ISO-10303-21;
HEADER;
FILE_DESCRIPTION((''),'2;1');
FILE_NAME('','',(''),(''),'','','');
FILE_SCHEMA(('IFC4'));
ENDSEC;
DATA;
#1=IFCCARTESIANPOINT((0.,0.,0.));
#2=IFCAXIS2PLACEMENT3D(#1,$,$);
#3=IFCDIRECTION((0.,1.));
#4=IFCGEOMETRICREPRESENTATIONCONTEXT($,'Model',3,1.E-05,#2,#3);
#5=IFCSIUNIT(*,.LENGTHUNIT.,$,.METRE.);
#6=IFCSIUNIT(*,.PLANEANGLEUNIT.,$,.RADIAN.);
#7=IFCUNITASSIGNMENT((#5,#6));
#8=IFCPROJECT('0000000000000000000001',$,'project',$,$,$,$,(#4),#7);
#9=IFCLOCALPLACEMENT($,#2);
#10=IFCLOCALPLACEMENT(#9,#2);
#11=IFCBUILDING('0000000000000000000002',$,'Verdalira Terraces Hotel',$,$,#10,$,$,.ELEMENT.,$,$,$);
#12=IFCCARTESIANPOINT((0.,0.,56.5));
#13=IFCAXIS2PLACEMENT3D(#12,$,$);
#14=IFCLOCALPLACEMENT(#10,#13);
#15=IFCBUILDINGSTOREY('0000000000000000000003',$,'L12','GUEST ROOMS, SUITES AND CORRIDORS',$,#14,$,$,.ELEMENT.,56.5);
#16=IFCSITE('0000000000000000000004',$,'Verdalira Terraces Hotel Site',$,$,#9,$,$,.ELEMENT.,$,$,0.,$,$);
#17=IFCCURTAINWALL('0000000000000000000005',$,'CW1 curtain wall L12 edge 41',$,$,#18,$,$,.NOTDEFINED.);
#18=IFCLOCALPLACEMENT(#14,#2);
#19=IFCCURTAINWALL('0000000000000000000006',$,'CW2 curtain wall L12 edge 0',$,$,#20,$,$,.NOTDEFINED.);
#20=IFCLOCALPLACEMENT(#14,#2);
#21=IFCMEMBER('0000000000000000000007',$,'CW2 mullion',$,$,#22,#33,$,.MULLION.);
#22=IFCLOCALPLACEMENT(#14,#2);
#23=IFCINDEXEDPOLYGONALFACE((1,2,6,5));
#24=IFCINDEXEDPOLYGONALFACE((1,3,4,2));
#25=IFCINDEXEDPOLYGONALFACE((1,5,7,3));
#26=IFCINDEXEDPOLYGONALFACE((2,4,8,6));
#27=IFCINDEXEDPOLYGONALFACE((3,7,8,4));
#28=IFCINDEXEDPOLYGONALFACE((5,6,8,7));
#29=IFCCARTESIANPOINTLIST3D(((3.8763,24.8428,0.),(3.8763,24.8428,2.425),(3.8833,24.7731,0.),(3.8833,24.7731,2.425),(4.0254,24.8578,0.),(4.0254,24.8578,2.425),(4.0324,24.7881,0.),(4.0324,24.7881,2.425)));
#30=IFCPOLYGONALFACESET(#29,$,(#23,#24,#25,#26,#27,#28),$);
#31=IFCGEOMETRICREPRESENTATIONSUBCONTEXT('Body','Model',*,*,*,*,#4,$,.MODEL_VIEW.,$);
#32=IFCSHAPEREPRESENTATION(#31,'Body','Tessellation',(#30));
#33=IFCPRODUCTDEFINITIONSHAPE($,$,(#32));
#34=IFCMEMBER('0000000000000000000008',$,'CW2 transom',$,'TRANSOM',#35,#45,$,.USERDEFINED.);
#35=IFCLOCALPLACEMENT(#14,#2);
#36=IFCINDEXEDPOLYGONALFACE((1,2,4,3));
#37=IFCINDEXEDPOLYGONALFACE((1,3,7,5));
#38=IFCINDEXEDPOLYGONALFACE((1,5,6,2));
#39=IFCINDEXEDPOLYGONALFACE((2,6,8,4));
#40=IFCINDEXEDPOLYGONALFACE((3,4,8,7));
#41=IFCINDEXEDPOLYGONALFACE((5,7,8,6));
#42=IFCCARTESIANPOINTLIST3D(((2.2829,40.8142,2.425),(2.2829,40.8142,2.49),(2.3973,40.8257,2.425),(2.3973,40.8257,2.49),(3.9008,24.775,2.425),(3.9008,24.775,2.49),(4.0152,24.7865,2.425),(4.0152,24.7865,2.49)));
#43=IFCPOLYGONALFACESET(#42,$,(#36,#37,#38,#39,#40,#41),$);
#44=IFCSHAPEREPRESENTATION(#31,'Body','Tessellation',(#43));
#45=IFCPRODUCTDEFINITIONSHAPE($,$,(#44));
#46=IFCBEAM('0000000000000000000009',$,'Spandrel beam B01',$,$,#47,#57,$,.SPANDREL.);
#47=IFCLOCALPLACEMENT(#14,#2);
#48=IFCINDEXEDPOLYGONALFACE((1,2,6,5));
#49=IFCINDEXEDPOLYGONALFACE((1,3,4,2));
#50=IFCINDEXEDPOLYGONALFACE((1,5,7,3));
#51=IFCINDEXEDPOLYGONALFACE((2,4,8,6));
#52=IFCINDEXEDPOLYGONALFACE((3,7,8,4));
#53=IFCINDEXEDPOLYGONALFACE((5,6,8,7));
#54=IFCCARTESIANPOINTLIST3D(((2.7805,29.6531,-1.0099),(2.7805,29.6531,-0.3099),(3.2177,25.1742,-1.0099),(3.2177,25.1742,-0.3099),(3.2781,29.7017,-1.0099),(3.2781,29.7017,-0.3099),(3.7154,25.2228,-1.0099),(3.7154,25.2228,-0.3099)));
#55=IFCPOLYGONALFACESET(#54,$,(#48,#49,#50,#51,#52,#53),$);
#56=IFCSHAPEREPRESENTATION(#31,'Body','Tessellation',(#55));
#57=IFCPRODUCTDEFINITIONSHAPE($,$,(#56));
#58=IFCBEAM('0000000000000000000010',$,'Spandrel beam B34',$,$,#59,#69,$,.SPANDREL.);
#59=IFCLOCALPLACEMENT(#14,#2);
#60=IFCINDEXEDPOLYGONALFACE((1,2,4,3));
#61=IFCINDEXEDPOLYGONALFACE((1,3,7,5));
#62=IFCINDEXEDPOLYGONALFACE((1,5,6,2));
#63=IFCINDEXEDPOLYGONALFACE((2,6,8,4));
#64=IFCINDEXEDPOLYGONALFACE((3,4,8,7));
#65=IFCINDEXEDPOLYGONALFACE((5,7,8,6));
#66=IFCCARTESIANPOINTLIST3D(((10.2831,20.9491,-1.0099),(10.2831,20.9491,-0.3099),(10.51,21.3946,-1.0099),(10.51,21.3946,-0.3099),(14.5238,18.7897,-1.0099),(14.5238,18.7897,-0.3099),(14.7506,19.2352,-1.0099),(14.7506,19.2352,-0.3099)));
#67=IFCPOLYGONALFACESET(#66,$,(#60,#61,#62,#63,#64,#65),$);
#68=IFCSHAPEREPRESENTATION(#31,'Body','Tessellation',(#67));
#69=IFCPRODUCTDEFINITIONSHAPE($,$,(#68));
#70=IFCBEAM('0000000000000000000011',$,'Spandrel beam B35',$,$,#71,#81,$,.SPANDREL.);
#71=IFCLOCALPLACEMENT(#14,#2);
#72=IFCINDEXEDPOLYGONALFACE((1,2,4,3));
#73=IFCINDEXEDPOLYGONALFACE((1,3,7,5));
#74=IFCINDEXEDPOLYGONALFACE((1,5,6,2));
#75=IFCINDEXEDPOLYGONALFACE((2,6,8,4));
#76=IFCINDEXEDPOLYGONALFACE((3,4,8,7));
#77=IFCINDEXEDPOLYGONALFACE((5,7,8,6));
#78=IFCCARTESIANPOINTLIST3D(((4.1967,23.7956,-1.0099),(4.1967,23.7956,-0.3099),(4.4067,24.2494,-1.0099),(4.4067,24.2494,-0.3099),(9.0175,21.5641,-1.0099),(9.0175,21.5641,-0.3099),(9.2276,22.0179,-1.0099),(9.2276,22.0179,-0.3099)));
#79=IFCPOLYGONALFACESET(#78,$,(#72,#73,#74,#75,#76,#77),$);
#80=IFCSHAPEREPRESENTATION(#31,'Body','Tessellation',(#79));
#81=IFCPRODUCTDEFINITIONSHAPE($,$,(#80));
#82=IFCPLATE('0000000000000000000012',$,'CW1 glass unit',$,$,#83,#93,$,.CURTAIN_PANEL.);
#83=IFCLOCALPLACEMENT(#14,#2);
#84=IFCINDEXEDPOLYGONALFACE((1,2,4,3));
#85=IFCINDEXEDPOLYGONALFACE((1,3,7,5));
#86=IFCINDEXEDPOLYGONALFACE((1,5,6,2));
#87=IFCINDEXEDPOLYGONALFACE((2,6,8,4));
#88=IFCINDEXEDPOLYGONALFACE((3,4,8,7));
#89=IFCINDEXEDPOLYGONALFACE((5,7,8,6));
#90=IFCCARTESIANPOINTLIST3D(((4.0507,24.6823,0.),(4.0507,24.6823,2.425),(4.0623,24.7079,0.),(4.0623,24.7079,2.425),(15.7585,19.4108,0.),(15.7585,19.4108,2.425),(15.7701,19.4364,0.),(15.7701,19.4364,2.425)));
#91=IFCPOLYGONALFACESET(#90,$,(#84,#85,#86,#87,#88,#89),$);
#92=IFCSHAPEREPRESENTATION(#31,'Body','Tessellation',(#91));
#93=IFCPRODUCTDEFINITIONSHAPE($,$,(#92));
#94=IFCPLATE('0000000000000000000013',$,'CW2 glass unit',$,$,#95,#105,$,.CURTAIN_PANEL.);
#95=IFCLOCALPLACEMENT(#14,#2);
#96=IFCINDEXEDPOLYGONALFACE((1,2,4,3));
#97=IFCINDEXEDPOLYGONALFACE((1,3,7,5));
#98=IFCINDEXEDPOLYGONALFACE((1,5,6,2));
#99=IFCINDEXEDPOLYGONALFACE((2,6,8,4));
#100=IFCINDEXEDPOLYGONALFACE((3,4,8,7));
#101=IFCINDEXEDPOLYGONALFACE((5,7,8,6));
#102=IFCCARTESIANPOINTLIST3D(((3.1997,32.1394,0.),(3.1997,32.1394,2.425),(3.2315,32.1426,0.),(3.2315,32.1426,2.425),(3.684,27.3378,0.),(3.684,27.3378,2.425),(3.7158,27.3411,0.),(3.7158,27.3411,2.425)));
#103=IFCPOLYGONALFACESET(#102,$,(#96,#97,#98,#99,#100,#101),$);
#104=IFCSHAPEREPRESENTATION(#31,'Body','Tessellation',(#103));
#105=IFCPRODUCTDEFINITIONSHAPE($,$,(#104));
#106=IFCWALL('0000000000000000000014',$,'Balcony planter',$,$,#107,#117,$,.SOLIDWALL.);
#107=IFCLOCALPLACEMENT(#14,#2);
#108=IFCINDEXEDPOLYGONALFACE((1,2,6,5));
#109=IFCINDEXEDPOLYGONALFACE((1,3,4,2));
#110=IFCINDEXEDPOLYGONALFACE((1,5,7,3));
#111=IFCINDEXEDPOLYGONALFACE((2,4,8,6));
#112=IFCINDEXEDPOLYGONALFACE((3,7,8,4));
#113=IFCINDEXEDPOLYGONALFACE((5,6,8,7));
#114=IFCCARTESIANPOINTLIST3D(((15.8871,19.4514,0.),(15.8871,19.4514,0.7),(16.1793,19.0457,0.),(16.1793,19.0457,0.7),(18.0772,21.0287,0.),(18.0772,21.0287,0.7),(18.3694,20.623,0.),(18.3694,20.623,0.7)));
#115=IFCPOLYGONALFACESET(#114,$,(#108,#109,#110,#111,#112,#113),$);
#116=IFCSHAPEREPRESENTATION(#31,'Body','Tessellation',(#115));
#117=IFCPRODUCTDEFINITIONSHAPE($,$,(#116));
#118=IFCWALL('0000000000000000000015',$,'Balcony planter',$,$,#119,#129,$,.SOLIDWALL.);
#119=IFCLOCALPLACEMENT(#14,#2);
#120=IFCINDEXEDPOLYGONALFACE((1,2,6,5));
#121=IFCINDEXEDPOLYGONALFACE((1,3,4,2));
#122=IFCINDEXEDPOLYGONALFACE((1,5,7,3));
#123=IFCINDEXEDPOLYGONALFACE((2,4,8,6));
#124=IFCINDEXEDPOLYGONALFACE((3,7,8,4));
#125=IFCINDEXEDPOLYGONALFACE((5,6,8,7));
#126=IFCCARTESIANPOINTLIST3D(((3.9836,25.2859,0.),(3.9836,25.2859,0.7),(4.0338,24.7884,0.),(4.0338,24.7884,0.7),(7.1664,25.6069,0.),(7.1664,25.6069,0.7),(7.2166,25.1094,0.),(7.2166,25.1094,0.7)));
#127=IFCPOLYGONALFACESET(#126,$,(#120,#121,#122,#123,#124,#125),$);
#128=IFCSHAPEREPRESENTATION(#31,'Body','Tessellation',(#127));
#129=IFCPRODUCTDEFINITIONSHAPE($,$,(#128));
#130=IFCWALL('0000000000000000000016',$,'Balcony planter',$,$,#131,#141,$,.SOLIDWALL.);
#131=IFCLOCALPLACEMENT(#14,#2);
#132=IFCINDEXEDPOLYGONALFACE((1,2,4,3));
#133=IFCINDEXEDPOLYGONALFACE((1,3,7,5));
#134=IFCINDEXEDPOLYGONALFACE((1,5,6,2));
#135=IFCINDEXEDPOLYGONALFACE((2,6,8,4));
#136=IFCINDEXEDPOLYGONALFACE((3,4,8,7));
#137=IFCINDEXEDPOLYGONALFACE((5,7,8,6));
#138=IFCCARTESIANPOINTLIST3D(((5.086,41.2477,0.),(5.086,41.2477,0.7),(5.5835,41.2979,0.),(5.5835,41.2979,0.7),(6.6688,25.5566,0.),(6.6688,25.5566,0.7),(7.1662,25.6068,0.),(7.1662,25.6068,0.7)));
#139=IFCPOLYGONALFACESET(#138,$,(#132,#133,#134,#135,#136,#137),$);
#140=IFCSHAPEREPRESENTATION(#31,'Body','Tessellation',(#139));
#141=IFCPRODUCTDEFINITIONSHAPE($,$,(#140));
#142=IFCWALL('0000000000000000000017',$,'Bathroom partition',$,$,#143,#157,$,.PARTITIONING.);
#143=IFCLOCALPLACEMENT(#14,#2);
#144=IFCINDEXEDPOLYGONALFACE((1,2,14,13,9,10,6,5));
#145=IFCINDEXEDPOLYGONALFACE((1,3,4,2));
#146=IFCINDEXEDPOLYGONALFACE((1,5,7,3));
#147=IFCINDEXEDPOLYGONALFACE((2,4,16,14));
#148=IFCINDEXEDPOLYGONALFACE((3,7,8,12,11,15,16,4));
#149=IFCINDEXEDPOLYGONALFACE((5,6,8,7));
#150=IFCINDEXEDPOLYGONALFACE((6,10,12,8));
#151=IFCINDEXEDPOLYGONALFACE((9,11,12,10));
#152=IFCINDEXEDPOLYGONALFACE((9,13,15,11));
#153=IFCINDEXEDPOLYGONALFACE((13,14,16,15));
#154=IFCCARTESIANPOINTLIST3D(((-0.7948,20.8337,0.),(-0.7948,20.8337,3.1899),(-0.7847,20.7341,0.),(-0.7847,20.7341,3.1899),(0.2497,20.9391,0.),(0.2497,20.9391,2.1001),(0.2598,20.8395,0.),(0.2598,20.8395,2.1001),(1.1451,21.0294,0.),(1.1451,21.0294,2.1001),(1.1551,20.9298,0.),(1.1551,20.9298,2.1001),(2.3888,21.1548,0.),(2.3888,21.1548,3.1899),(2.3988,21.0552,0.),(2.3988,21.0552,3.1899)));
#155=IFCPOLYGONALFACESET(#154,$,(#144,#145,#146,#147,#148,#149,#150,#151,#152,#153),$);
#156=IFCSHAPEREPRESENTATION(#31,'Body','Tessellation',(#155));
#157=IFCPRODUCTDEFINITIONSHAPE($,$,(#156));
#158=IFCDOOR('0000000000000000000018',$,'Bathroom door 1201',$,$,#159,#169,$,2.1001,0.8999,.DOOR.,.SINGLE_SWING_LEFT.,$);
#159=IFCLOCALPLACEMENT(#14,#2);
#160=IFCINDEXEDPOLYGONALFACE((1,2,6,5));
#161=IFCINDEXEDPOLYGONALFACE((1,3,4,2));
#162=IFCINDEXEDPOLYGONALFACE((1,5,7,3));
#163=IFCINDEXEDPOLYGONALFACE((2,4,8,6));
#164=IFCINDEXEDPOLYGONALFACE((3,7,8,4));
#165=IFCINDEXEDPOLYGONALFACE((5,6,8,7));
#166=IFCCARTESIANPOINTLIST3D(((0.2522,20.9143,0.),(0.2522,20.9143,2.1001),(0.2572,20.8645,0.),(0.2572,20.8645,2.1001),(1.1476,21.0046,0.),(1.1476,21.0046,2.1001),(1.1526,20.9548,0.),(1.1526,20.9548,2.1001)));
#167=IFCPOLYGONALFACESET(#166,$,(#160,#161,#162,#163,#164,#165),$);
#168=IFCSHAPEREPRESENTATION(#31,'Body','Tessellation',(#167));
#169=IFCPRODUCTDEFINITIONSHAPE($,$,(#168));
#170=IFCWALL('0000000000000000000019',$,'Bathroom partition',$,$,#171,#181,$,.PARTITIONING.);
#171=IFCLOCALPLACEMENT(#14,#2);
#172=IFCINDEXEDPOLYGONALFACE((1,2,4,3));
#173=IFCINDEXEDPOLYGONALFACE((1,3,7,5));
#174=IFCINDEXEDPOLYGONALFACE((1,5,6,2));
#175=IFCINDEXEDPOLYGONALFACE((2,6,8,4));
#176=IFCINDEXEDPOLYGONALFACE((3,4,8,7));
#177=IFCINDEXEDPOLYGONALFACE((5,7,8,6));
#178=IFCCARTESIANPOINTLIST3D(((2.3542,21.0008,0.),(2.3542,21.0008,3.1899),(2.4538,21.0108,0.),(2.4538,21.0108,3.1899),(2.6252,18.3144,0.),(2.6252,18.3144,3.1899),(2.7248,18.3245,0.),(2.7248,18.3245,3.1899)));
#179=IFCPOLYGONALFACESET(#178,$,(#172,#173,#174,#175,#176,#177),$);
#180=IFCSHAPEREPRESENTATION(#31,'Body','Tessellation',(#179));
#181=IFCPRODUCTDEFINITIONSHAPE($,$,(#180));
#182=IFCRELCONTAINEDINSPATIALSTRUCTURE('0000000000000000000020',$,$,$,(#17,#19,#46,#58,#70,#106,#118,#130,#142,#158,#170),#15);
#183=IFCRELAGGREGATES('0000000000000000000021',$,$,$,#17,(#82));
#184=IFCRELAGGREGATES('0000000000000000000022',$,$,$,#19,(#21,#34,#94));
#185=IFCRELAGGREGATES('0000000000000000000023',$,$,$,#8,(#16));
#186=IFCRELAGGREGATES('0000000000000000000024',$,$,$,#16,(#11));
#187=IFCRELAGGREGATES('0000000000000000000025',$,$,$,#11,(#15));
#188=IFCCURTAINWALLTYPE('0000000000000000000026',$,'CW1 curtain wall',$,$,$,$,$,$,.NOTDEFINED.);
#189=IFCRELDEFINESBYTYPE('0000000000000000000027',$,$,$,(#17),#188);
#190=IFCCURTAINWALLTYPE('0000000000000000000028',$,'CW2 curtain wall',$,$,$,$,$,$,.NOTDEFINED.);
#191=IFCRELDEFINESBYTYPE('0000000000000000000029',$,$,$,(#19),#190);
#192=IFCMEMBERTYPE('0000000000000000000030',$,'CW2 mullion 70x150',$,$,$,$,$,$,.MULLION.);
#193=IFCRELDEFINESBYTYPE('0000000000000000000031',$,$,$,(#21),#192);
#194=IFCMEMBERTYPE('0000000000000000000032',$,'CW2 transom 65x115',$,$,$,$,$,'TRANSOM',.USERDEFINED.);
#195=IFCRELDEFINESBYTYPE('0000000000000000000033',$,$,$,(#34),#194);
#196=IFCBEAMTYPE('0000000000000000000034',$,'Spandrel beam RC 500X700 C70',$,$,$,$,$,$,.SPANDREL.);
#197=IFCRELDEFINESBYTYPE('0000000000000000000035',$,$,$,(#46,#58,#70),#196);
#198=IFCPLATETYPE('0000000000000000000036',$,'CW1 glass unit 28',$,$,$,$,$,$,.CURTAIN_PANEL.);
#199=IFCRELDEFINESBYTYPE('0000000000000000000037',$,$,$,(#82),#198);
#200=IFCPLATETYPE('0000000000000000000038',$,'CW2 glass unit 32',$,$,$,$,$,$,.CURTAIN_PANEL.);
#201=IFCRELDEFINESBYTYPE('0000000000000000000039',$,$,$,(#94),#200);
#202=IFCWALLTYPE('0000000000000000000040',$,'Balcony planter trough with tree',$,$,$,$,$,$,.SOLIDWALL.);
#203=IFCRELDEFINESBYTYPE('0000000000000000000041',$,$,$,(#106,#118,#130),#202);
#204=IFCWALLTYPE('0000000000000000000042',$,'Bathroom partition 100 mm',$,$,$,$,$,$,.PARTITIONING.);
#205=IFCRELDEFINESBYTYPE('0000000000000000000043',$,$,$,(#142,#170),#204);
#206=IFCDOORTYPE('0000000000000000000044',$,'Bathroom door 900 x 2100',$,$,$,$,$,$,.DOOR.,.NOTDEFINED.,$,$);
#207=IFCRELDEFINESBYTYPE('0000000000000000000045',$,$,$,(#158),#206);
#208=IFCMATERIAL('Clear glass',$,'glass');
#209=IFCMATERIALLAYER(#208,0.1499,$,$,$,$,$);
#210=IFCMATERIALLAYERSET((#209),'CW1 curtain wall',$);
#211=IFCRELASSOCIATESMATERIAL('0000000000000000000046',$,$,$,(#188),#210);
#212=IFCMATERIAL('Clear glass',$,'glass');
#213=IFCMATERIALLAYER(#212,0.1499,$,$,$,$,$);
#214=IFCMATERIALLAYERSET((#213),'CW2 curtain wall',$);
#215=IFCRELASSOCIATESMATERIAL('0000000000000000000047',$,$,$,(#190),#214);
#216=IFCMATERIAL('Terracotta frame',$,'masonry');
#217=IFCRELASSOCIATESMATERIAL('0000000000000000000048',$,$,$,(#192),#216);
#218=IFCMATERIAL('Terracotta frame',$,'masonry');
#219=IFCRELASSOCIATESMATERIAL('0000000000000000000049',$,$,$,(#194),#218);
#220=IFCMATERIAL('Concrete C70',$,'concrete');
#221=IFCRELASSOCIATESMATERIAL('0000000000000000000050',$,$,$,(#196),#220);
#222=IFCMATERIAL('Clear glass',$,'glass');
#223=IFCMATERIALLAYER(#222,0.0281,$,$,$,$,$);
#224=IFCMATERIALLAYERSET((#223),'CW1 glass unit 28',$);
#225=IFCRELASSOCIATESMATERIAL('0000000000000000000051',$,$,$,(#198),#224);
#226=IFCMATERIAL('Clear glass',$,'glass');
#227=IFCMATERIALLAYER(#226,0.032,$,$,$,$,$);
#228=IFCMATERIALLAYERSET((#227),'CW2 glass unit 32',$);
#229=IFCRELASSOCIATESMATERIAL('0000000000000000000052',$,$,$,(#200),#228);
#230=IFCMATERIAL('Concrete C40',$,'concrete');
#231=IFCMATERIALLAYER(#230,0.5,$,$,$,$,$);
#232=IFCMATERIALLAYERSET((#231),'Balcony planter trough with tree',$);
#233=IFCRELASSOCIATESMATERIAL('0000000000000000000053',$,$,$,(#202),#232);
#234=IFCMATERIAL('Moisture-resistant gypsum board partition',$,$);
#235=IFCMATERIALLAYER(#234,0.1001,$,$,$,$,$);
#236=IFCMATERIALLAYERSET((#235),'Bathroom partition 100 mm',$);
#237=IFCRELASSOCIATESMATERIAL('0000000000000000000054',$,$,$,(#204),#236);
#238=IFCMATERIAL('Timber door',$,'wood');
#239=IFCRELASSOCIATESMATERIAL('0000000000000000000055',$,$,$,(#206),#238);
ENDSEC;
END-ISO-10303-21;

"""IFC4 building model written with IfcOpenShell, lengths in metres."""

from ifc_helpers import new_model, si_unit, direction, frame, frame_2d, origin, origin_2d, place, context, subcontext, project, spatial, rectangle, extrude, material, layer, layer_set, material_profile, profile_set, type_object, element, fill, aggregate, save


model = new_model("IFC4")

# Units and contexts
model_context = context("Model", 3, precision=1e-05, world=origin(), true_north=direction((0.0, 1.0)))
body_context = subcontext(model_context, "Body", "Model", "MODEL_VIEW")
ifc_project = project(units=[si_unit("LENGTHUNIT", "METRE"), si_unit("PLANEANGLEUNIT", "RADIAN")], contexts=[model_context])

# Site, building, storey
site_placement = place(None, origin())
site = spatial("IfcSite", under=ifc_project, at=site_placement, Name="Verdalira Terraces Hotel Site", CompositionType="ELEMENT", RefElevation=0.0)
building_placement = place(site_placement, origin())
building = spatial("IfcBuilding", under=site, at=building_placement, Name="Verdalira Terraces Hotel", CompositionType="ELEMENT")
storey_placement = place(building_placement, frame((0.0, 0.0, 56.5)))
storey = spatial("IfcBuildingStorey", under=building, at=storey_placement, Name="L12", Description="GUEST ROOMS, SUITES AND CORRIDORS", CompositionType="ELEMENT", Elevation=56.5)

# Shared definitions
ifc_material_1 = material(Name="Clear glass", Category="glass")
ifc_layer_1 = layer(ifc_material_1, 0.1499)
ifc_layer_set_1 = layer_set([ifc_layer_1], Name="CW1 curtain wall")
curtain_wall_type_1 = type_object("IfcCurtainWallType", Name="CW1 curtain wall", PredefinedType="NOTDEFINED", material=ifc_layer_set_1)

# Curtain walls, members
curtain_wall_1_placement = place(storey_placement, origin())
curtain_wall_1 = element("IfcCurtainWall", 1, at=curtain_wall_1_placement, inside=storey, type_object=curtain_wall_type_1, Name="CW1 curtain wall L12 edge 41", PredefinedType="NOTDEFINED")
ifc_material_2 = material(Name="Clear glass", Category="glass")
ifc_layer_2 = layer(ifc_material_2, 0.1499)
ifc_layer_set_2 = layer_set([ifc_layer_2], Name="CW2 curtain wall")
curtain_wall_type_2 = type_object("IfcCurtainWallType", Name="CW2 curtain wall", PredefinedType="NOTDEFINED", material=ifc_layer_set_2)
curtain_wall_2_placement = place(storey_placement, origin())
curtain_wall_2 = element("IfcCurtainWall", 2, at=curtain_wall_2_placement, inside=storey, type_object=curtain_wall_type_2, Name="CW2 curtain wall L12 edge 0", PredefinedType="NOTDEFINED")
ifc_material_3 = material(Name="Terracotta frame", Category="masonry")
ifc_material_profile_1 = material_profile(ifc_material_3, rectangle(XDim=0.0701, YDim=0.1499, at=origin_2d()), Name="MU 70x150")
ifc_profile_set_1 = profile_set([ifc_material_profile_1], Name="Terracotta frame")
member_type_1 = type_object("IfcMemberType", Name="CW2 mullion 70x150", PredefinedType="MULLION", material=ifc_profile_set_1)
member_1_placement = place(storey_placement, frame((3.9543, 24.8154, 0.0), z_axis=(0.0, 0.0, 1.0), x_axis=(-0.100362, 0.994951, 0.0)))
member_1 = element("IfcMember", 3, at=member_1_placement, type_object=member_type_1, Name="CW2 mullion", PredefinedType="MULLION", context=body_context, shape_type="SweptSolid", body=[
    extrude(rectangle(XDim=0.0701, YDim=0.1499, at=origin_2d()), origin(), (0.0, 0.0, 1.0), 2.425),
])
ifc_material_4 = material(Name="Terracotta frame", Category="masonry")
ifc_material_profile_2 = material_profile(ifc_material_4, rectangle(XDim=0.115, YDim=0.0649, at=origin_2d()), Name="TR 65x115")
ifc_profile_set_2 = profile_set([ifc_material_profile_2], Name="Terracotta frame")
member_type_2 = type_object("IfcMemberType", Name="CW2 transom 65x115", ElementType="TRANSOM", PredefinedType="USERDEFINED", material=ifc_profile_set_2)
member_2_placement = place(storey_placement, frame((3.958, 24.7808, 2.4575), z_axis=(-0.100363, 0.994951, 0.0), x_axis=(-0.994951, -0.100363, 0.0)))
member_2 = element("IfcMember", 4, at=member_2_placement, type_object=member_type_2, Name="CW2 transom", ObjectType="TRANSOM", PredefinedType="USERDEFINED", context=body_context, shape_type="SweptSolid", body=[
    extrude(rectangle(XDim=0.115, YDim=0.0649, at=origin_2d()), origin(), (0.0, 0.0, 1.0), 16.1206),
])

# Beams
ifc_material_5 = material(Name="Concrete C70", Category="concrete")
ifc_material_profile_3 = material_profile(ifc_material_5, rectangle(XDim=0.5, YDim=0.7, at=origin_2d()), Name="RC 500X700")
ifc_profile_set_3 = profile_set([ifc_material_profile_3], Name="Concrete C70")
beam_type_1 = type_object("IfcBeamType", Name="Spandrel beam RC 500X700 C70", PredefinedType="SPANDREL", material=ifc_profile_set_3)
beam_1_placement = place(storey_placement, frame((3.4666, 25.1985, -0.6599), z_axis=(-0.097162, 0.995269, 0.0), x_axis=(-0.995269, -0.097162, 0.0)))
element("IfcBeam", 5, at=beam_1_placement, inside=storey, type_object=beam_type_1, Name="Spandrel beam B01", PredefinedType="SPANDREL", context=body_context, shape_type="SweptSolid", body=[
    extrude(rectangle(XDim=0.5, YDim=0.7, at=origin_2d()), origin(), (0.0, 0.0, 1.0), 4.5002),
])
beam_2_placement = place(storey_placement, frame((14.6372, 19.0125, -0.6599), z_axis=(-0.89112, 0.453768, 0.0), x_axis=(-0.453768, -0.89112, 0.0)))
element("IfcBeam", 6, at=beam_2_placement, inside=storey, type_object=beam_type_1, Name="Spandrel beam B34", PredefinedType="SPANDREL", context=body_context, shape_type="SweptSolid", body=[
    extrude(rectangle(XDim=0.5, YDim=0.7, at=origin_2d()), origin(), (0.0, 0.0, 1.0), 4.7588),
])
beam_3_placement = place(storey_placement, frame((9.1226, 21.791, -0.6599), z_axis=(-0.907496, 0.42006, 0.0), x_axis=(-0.42006, -0.907496, 0.0)))
element("IfcBeam", 7, at=beam_3_placement, inside=storey, type_object=beam_type_1, Name="Spandrel beam B35", PredefinedType="SPANDREL", context=body_context, shape_type="SweptSolid", body=[
    extrude(rectangle(XDim=0.5, YDim=0.7, at=origin_2d()), origin(), (0.0, 0.0, 1.0), 5.3123),
])

# Plates
ifc_material_6 = material(Name="Clear glass", Category="glass")
ifc_layer_3 = layer(ifc_material_6, 0.0281)
ifc_layer_set_3 = layer_set([ifc_layer_3], Name="CW1 glass unit 28")
plate_type_1 = type_object("IfcPlateType", Name="CW1 glass unit 28", PredefinedType="CURTAIN_PANEL", material=ifc_layer_set_3)
plate_1_placement = place(storey_placement, frame((9.9104, 22.0593, 0.0), z_axis=(0.0, 0.0, 1.0), x_axis=(-0.911834, 0.41056, 0.0)))
plate_1 = element("IfcPlate", 8, at=plate_1_placement, type_object=plate_type_1, Name="CW1 glass unit", PredefinedType="CURTAIN_PANEL", context=body_context, shape_type="SweptSolid", body=[
    extrude(rectangle(XDim=12.8398, YDim=0.0281, at=origin_2d()), origin(), (0.0, 0.0, 1.0), 2.425),
])
aggregate(curtain_wall_1, [plate_1])
ifc_material_7 = material(Name="Clear glass", Category="glass")
ifc_layer_4 = layer(ifc_material_7, 0.032)
ifc_layer_set_4 = layer_set([ifc_layer_4], Name="CW2 glass unit 32")
plate_type_2 = type_object("IfcPlateType", Name="CW2 glass unit 32", PredefinedType="CURTAIN_PANEL", material=ifc_layer_set_4)
plate_2_placement = place(storey_placement, frame((3.4578, 29.7402, 0.0), z_axis=(0.0, 0.0, 1.0), x_axis=(-0.100362, 0.994951, 0.0)))
plate_2 = element("IfcPlate", 9, at=plate_2_placement, type_object=plate_type_2, Name="CW2 glass unit", PredefinedType="CURTAIN_PANEL", context=body_context, shape_type="SweptSolid", body=[
    extrude(rectangle(XDim=4.8259, YDim=0.032, at=origin_2d()), origin(), (0.0, 0.0, 1.0), 2.425),
])
aggregate(curtain_wall_2, [member_1, member_2, plate_2])

# Walls
ifc_material_8 = material(Name="Concrete C40", Category="concrete")
ifc_layer_5 = layer(ifc_material_8, 0.5)
ifc_layer_set_5 = layer_set([ifc_layer_5], Name="Balcony planter trough with tree")
wall_type_1 = type_object("IfcWallType", Name="Balcony planter trough with tree", PredefinedType="SOLIDWALL", material=ifc_layer_set_5)
wall_1_placement = place(storey_placement, frame((18.2234, 20.8259, 0.0), z_axis=(0.0, 0.0, 1.0), x_axis=(-0.811454, -0.584417, 0.0)))
element("IfcWall", 10, at=wall_1_placement, inside=storey, type_object=wall_type_1, Name="Balcony planter", PredefinedType="SOLIDWALL", context=body_context, shape_type="SweptSolid", body=[
    extrude(rectangle(XDim=2.699, YDim=0.5, at=frame_2d((1.3496, 0.0))), origin(), (0.0, 0.0, 1.0), 0.7),
])
wall_2_placement = place(storey_placement, frame((4.0085, 25.0371, 0.0), z_axis=(0.0, 0.0, 1.0), x_axis=(0.994951, 0.100358, 0.0)))
element("IfcWall", 11, at=wall_2_placement, inside=storey, type_object=wall_type_1, Name="Balcony planter", PredefinedType="SOLIDWALL", context=body_context, shape_type="SweptSolid", body=[
    extrude(rectangle(XDim=3.199, YDim=0.5, at=frame_2d((1.5996, 0.0))), origin(), (0.0, 0.0, 1.0), 0.7),
])
wall_3_placement = place(storey_placement, frame((6.9175, 25.5818, 0.0), z_axis=(0.0, 0.0, 1.0), x_axis=(-0.10036, 0.994951, 0.0)))
element("IfcWall", 12, at=wall_3_placement, inside=storey, type_object=wall_type_1, Name="Balcony planter", PredefinedType="SOLIDWALL", context=body_context, shape_type="SweptSolid", body=[
    extrude(rectangle(XDim=15.7708, YDim=0.5, at=frame_2d((7.8853, 0.0))), origin(), (0.0, 0.0, 1.0), 0.7),
])

# Wall, opening, door
ifc_material_9 = material(Name="Moisture-resistant gypsum board partition")
ifc_layer_6 = layer(ifc_material_9, 0.1001)
ifc_layer_set_6 = layer_set([ifc_layer_6], Name="Bathroom partition 100 mm")
wall_type_2 = type_object("IfcWallType", Name="Bathroom partition 100 mm", PredefinedType="PARTITIONING", material=ifc_layer_set_6)
wall_4_placement = place(storey_placement, frame((2.3938, 21.105, 0.0), z_axis=(0.0, 0.0, 1.0), x_axis=(-0.994954, -0.100335, 0.0)))
wall_4 = element("IfcWall", 13, at=wall_4_placement, inside=storey, type_object=wall_type_2, Name="Bathroom partition", PredefinedType="PARTITIONING", context=body_context, shape_type="SweptSolid", body=[
    extrude(rectangle(XDim=3.1997, YDim=0.1001, at=frame_2d((1.5999, 0.0))), origin(), (0.0, 0.0, 1.0), 3.1899),
])
opening_1_placement = place(wall_4_placement, frame((1.25, 0.0, 0.0)))
opening_1 = element("IfcOpeningElement", 14, at=opening_1_placement, cuts=wall_4, PredefinedType="OPENING", context=body_context, shape_type="SweptSolid", body=[
    extrude(rectangle(XDim=0.8999, YDim=2.1001, at=frame_2d((0.45, 1.05))), frame((0.0, 0.0601, 0.0), z_axis=(0.0, -1.0, 0.0), x_axis=(1.0, 0.0, 0.0)), (0.0, 0.0, 1.0), 0.1201),
])
ifc_material_10 = material(Name="Timber door", Category="wood")
door_type_1 = type_object("IfcDoorType", Name="Bathroom door 900 x 2100", OperationType="NOTDEFINED", PredefinedType="DOOR", material=ifc_material_10)
door_1_placement = place(opening_1_placement, origin())
door_1 = element("IfcDoor", 15, at=door_1_placement, inside=storey, type_object=door_type_1, Name="Bathroom door 1201", OperationType="SINGLE_SWING_LEFT", OverallHeight=2.1001, OverallWidth=0.8999, PredefinedType="DOOR", context=body_context, shape_type="SweptSolid", body=[
    extrude(rectangle(XDim=0.8999, YDim=2.1001, at=frame_2d((0.45, 1.05))), frame((0.0, 0.0249, 0.0), z_axis=(0.0, -1.0, 0.0), x_axis=(1.0, 0.0, 0.0)), (0.0, 0.0, 1.0), 0.05),
])
fill(opening_1, door_1)

# Wall
wall_5_placement = place(storey_placement, frame((2.675, 18.3193, 0.0), z_axis=(0.0, 0.0, 1.0), x_axis=(-0.100372, 0.99495, 0.0)))
element("IfcWall", 16, at=wall_5_placement, inside=storey, type_object=wall_type_2, Name="Bathroom partition", PredefinedType="PARTITIONING", context=body_context, shape_type="SweptSolid", body=[
    extrude(rectangle(XDim=2.7, YDim=0.1001, at=frame_2d((1.3501, 0.0))), origin(), (0.0, 0.0, 1.0), 3.1899),
])

save(model, "model.ifc")
